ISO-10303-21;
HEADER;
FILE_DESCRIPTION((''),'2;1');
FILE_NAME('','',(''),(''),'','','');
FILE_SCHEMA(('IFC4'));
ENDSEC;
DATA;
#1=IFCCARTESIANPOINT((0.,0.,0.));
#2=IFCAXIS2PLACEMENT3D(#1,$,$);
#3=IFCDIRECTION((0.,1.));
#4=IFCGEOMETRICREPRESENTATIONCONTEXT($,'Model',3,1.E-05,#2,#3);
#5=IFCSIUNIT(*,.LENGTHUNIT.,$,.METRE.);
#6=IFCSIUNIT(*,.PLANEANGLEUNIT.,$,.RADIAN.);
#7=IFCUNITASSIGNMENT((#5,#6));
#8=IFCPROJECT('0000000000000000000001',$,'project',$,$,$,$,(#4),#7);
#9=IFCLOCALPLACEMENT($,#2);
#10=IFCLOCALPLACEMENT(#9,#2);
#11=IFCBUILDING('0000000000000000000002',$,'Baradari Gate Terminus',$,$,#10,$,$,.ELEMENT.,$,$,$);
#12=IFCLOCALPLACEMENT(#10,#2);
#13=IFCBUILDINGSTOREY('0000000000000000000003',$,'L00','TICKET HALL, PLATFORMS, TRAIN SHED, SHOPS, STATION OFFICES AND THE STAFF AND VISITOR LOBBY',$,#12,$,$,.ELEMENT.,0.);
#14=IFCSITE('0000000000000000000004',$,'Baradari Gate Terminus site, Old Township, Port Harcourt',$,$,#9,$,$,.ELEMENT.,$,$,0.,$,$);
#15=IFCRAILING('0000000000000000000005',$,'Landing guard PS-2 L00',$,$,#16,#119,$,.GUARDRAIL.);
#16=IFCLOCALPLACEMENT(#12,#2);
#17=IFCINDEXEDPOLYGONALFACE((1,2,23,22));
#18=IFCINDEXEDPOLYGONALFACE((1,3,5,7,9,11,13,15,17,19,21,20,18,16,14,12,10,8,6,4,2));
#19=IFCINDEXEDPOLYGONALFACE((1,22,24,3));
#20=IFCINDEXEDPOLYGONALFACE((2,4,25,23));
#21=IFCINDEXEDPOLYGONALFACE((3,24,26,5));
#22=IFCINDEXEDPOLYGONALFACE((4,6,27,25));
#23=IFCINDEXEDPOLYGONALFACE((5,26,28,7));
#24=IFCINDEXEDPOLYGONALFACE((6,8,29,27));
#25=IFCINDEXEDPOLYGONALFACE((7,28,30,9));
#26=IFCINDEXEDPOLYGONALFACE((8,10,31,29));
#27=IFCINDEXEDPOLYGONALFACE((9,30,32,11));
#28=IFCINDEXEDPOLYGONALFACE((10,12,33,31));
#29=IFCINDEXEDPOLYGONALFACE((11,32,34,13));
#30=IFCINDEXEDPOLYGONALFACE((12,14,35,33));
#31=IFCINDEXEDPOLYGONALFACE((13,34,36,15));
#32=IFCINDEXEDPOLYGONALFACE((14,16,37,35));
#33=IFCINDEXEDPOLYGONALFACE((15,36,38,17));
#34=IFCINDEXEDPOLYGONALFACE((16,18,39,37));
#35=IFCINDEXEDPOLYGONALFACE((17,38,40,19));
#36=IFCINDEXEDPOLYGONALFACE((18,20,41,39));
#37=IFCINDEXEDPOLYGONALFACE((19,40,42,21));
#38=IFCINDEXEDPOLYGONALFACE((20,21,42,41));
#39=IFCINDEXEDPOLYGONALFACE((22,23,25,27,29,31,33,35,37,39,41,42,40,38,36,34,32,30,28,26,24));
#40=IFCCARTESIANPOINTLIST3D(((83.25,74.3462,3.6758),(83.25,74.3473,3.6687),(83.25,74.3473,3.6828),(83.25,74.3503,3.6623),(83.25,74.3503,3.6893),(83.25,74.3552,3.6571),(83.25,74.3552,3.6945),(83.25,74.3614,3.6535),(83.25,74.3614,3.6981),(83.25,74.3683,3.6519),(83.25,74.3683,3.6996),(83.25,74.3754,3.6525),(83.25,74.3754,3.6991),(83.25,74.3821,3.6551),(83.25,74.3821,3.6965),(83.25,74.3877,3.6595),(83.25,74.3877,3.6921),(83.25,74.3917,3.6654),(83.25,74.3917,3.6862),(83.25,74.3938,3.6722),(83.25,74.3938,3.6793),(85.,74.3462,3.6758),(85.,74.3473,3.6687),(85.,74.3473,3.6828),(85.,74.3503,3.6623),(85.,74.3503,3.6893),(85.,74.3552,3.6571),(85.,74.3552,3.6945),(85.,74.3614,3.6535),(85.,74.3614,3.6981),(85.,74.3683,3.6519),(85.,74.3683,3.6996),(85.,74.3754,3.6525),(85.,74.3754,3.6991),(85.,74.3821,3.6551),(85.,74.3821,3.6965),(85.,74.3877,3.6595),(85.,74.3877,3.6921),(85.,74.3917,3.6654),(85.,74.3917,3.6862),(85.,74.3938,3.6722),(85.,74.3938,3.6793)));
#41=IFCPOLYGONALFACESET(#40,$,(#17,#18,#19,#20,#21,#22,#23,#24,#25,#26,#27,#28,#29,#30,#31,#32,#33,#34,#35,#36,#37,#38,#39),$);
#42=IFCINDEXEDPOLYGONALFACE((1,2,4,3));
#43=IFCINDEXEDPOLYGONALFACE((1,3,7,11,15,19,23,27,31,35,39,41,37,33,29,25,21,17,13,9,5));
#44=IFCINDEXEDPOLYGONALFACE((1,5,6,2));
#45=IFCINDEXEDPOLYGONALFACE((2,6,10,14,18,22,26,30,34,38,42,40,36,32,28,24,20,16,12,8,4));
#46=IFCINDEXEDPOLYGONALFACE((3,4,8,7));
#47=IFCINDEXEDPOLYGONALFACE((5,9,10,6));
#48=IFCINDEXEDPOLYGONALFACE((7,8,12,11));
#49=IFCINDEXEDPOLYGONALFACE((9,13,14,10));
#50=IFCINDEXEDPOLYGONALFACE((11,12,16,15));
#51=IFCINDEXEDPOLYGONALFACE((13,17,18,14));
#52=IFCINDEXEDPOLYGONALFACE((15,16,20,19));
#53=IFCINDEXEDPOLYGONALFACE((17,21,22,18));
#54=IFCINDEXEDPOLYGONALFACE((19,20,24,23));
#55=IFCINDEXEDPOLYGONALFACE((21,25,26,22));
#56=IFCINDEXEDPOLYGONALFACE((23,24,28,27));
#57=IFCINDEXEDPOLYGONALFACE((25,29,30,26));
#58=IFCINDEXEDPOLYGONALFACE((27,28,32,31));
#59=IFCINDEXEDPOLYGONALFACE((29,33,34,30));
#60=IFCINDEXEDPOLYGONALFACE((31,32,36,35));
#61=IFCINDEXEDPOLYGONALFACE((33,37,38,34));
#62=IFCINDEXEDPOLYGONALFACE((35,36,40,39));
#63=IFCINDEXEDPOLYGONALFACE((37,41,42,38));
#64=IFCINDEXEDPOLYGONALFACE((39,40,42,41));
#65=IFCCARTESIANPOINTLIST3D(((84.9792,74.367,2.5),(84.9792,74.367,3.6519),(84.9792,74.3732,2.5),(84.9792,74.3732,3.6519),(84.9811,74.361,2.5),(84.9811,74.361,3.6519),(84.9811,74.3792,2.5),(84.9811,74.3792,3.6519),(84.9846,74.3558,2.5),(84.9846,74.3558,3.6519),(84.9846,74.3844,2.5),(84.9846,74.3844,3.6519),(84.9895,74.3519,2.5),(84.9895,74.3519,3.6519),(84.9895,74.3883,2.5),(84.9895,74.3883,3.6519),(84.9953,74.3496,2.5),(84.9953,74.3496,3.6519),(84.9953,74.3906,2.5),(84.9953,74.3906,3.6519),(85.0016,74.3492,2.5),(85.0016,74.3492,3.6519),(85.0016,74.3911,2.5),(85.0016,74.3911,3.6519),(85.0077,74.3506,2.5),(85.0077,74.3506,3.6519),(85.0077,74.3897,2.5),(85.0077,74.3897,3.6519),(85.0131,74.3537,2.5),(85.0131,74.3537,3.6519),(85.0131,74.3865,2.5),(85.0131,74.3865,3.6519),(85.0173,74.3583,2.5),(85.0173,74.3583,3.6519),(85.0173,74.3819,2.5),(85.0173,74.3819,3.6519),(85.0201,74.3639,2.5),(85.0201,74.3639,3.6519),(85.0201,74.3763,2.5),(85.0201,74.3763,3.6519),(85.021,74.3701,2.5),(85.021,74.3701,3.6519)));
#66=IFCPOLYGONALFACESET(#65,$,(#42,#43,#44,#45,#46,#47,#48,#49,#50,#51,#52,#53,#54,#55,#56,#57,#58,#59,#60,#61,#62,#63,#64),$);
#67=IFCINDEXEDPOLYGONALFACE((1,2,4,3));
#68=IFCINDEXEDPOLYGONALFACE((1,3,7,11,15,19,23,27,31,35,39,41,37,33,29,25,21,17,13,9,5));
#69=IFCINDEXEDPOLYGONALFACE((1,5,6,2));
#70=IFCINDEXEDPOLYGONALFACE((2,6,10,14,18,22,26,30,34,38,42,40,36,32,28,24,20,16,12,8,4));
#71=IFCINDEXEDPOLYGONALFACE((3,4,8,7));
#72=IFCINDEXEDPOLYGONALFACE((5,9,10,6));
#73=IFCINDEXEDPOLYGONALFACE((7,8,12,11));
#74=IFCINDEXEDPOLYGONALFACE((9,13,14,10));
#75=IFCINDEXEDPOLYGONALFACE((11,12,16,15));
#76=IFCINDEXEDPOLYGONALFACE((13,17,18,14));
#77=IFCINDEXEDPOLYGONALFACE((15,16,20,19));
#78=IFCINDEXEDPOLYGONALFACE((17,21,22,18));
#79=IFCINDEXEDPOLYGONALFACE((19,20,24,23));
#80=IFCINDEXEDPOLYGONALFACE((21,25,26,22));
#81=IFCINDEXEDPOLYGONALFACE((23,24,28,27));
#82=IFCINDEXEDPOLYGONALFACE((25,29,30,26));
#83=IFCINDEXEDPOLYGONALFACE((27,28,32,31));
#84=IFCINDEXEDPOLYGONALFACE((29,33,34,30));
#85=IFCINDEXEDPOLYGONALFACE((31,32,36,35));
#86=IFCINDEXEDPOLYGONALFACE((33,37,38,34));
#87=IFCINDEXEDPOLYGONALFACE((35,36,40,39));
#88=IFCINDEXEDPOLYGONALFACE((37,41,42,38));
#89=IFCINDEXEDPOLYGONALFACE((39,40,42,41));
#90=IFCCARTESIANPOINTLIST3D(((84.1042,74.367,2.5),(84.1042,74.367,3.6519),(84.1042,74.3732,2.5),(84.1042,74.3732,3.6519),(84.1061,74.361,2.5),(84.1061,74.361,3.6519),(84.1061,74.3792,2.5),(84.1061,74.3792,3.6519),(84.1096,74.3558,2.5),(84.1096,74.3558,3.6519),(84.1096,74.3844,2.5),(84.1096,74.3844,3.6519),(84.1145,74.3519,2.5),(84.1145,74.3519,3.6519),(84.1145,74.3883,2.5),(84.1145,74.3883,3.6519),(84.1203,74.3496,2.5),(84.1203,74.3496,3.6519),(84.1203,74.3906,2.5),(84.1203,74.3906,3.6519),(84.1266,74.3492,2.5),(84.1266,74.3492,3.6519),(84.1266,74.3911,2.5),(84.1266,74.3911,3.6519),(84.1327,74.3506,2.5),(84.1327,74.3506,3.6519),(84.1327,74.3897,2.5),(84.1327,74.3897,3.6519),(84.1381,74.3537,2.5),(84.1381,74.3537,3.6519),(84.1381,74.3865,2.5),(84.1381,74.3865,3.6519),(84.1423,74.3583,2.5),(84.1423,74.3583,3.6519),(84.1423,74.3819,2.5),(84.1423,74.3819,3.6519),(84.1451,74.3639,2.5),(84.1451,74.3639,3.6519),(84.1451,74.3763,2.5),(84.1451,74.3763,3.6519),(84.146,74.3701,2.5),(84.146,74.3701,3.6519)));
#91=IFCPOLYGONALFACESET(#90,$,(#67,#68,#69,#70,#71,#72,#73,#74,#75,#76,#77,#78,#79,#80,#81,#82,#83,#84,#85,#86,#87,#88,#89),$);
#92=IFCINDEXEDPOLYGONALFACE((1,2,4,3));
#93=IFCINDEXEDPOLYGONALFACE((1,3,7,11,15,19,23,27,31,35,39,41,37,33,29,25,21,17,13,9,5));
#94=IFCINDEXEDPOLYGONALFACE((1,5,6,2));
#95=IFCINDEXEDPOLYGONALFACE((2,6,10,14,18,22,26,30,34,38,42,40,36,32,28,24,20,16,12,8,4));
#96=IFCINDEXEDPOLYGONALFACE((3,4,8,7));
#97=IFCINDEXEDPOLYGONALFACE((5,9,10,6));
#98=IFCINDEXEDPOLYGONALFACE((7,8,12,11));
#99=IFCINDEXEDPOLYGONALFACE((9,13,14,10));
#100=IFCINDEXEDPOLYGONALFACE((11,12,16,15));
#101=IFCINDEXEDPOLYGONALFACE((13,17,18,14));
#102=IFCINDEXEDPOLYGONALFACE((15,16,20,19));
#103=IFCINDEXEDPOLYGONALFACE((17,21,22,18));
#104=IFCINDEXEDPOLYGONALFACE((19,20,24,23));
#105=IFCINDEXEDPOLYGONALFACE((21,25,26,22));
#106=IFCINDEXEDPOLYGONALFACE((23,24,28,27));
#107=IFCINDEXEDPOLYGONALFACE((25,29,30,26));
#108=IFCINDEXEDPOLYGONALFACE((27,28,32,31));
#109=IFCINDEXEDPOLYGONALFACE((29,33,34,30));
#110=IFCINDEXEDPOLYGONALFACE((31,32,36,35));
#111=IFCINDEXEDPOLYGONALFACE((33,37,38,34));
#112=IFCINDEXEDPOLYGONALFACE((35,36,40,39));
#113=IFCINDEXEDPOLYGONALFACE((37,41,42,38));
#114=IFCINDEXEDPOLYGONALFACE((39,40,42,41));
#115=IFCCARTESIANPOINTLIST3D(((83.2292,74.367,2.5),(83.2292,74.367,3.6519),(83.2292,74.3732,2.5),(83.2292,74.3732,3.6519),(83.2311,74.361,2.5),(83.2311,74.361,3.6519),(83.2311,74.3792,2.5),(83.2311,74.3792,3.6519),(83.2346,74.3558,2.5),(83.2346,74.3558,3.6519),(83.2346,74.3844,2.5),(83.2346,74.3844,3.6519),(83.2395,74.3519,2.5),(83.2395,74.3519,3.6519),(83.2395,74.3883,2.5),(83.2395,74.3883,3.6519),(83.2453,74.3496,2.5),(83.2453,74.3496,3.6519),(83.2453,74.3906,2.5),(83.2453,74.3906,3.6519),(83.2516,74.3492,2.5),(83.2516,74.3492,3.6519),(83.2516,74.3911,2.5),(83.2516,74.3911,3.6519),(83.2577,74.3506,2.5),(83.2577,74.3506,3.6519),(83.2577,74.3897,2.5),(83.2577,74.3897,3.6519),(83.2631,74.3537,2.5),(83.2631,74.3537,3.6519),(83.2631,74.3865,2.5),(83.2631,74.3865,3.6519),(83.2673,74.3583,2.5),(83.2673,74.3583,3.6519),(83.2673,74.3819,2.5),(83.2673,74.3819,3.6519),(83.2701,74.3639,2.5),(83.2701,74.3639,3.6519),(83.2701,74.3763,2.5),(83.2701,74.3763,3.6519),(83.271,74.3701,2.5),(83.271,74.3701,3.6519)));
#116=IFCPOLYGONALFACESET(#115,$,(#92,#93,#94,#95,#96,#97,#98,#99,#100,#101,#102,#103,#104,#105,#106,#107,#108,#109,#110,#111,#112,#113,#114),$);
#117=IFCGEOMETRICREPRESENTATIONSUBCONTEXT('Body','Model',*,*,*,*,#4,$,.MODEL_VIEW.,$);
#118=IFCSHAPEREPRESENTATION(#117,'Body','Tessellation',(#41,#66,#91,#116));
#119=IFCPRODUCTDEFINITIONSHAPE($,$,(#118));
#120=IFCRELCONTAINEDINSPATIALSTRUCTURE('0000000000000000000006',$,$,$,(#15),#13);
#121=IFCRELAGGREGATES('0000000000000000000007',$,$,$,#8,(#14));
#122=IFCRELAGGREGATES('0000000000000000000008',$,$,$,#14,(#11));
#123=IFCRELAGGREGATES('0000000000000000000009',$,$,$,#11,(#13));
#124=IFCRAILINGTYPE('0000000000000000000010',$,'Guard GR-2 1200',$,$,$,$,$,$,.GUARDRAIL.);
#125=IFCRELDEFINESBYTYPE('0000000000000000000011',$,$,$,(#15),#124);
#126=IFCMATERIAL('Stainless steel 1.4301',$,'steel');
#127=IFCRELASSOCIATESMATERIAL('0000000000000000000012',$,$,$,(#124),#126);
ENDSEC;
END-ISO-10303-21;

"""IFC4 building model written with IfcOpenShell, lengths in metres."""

from ifc_helpers import new_model, si_unit, direction, frame, origin, origin_2d, place, context, subcontext, project, spatial, circle, extrude, material, type_object, element, save


model = new_model("IFC4")

# Units and contexts
model_context = context("Model", 3, precision=1e-05, world=origin(), true_north=direction((0.0, 1.0)))
body_context = subcontext(model_context, "Body", "Model", "MODEL_VIEW")
ifc_project = project(units=[si_unit("LENGTHUNIT", "METRE"), si_unit("PLANEANGLEUNIT", "RADIAN")], contexts=[model_context])

# Site, building, storey
site_placement = place(None, origin())
site = spatial("IfcSite", under=ifc_project, at=site_placement, Name="Baradari Gate Terminus site, Old Township, Port Harcourt", CompositionType="ELEMENT", RefElevation=0.0)
building_placement = place(site_placement, origin())
building = spatial("IfcBuilding", under=site, at=building_placement, Name="Baradari Gate Terminus", CompositionType="ELEMENT")
storey_placement = place(building_placement, origin())
storey = spatial("IfcBuildingStorey", under=building, at=storey_placement, Name="L00", Description="TICKET HALL, PLATFORMS, TRAIN SHED, SHOPS, STATION OFFICES AND THE STAFF AND VISITOR LOBBY", CompositionType="ELEMENT", Elevation=0.0)

# Railing
ifc_material_1 = material(Name="Stainless steel 1.4301", Category="steel")
railing_type_1 = type_object("IfcRailingType", Name="Guard GR-2 1200", PredefinedType="GUARDRAIL", material=ifc_material_1)
railing_1_placement = place(storey_placement, frame((85.0, 74.3701, 2.5)))
element("IfcRailing", 1, at=railing_1_placement, inside=storey, type_object=railing_type_1, Name="Landing guard PS-2 L00", PredefinedType="GUARDRAIL", context=body_context, shape_type="SweptSolid", body=[
    extrude(circle(Radius=0.0239, at=origin_2d()), frame((0.0, 0.0, 1.1758), z_axis=(-1.0, 0.0, 0.0), x_axis=(0.0, -1.0, 0.0)), (0.0, 0.0, 1.0), 1.75),
    extrude(circle(Radius=0.021, at=origin_2d()), origin(), (0.0, 0.0, 1.0), 1.1519),
    extrude(circle(Radius=0.021, at=origin_2d()), frame((-0.875, 0.0, 0.0)), (0.0, 0.0, 1.0), 1.1519),
    extrude(circle(Radius=0.021, at=origin_2d()), frame((-1.75, 0.0, 0.0)), (0.0, 0.0, 1.0), 1.1519),
])

save(model, "model.ifc")
